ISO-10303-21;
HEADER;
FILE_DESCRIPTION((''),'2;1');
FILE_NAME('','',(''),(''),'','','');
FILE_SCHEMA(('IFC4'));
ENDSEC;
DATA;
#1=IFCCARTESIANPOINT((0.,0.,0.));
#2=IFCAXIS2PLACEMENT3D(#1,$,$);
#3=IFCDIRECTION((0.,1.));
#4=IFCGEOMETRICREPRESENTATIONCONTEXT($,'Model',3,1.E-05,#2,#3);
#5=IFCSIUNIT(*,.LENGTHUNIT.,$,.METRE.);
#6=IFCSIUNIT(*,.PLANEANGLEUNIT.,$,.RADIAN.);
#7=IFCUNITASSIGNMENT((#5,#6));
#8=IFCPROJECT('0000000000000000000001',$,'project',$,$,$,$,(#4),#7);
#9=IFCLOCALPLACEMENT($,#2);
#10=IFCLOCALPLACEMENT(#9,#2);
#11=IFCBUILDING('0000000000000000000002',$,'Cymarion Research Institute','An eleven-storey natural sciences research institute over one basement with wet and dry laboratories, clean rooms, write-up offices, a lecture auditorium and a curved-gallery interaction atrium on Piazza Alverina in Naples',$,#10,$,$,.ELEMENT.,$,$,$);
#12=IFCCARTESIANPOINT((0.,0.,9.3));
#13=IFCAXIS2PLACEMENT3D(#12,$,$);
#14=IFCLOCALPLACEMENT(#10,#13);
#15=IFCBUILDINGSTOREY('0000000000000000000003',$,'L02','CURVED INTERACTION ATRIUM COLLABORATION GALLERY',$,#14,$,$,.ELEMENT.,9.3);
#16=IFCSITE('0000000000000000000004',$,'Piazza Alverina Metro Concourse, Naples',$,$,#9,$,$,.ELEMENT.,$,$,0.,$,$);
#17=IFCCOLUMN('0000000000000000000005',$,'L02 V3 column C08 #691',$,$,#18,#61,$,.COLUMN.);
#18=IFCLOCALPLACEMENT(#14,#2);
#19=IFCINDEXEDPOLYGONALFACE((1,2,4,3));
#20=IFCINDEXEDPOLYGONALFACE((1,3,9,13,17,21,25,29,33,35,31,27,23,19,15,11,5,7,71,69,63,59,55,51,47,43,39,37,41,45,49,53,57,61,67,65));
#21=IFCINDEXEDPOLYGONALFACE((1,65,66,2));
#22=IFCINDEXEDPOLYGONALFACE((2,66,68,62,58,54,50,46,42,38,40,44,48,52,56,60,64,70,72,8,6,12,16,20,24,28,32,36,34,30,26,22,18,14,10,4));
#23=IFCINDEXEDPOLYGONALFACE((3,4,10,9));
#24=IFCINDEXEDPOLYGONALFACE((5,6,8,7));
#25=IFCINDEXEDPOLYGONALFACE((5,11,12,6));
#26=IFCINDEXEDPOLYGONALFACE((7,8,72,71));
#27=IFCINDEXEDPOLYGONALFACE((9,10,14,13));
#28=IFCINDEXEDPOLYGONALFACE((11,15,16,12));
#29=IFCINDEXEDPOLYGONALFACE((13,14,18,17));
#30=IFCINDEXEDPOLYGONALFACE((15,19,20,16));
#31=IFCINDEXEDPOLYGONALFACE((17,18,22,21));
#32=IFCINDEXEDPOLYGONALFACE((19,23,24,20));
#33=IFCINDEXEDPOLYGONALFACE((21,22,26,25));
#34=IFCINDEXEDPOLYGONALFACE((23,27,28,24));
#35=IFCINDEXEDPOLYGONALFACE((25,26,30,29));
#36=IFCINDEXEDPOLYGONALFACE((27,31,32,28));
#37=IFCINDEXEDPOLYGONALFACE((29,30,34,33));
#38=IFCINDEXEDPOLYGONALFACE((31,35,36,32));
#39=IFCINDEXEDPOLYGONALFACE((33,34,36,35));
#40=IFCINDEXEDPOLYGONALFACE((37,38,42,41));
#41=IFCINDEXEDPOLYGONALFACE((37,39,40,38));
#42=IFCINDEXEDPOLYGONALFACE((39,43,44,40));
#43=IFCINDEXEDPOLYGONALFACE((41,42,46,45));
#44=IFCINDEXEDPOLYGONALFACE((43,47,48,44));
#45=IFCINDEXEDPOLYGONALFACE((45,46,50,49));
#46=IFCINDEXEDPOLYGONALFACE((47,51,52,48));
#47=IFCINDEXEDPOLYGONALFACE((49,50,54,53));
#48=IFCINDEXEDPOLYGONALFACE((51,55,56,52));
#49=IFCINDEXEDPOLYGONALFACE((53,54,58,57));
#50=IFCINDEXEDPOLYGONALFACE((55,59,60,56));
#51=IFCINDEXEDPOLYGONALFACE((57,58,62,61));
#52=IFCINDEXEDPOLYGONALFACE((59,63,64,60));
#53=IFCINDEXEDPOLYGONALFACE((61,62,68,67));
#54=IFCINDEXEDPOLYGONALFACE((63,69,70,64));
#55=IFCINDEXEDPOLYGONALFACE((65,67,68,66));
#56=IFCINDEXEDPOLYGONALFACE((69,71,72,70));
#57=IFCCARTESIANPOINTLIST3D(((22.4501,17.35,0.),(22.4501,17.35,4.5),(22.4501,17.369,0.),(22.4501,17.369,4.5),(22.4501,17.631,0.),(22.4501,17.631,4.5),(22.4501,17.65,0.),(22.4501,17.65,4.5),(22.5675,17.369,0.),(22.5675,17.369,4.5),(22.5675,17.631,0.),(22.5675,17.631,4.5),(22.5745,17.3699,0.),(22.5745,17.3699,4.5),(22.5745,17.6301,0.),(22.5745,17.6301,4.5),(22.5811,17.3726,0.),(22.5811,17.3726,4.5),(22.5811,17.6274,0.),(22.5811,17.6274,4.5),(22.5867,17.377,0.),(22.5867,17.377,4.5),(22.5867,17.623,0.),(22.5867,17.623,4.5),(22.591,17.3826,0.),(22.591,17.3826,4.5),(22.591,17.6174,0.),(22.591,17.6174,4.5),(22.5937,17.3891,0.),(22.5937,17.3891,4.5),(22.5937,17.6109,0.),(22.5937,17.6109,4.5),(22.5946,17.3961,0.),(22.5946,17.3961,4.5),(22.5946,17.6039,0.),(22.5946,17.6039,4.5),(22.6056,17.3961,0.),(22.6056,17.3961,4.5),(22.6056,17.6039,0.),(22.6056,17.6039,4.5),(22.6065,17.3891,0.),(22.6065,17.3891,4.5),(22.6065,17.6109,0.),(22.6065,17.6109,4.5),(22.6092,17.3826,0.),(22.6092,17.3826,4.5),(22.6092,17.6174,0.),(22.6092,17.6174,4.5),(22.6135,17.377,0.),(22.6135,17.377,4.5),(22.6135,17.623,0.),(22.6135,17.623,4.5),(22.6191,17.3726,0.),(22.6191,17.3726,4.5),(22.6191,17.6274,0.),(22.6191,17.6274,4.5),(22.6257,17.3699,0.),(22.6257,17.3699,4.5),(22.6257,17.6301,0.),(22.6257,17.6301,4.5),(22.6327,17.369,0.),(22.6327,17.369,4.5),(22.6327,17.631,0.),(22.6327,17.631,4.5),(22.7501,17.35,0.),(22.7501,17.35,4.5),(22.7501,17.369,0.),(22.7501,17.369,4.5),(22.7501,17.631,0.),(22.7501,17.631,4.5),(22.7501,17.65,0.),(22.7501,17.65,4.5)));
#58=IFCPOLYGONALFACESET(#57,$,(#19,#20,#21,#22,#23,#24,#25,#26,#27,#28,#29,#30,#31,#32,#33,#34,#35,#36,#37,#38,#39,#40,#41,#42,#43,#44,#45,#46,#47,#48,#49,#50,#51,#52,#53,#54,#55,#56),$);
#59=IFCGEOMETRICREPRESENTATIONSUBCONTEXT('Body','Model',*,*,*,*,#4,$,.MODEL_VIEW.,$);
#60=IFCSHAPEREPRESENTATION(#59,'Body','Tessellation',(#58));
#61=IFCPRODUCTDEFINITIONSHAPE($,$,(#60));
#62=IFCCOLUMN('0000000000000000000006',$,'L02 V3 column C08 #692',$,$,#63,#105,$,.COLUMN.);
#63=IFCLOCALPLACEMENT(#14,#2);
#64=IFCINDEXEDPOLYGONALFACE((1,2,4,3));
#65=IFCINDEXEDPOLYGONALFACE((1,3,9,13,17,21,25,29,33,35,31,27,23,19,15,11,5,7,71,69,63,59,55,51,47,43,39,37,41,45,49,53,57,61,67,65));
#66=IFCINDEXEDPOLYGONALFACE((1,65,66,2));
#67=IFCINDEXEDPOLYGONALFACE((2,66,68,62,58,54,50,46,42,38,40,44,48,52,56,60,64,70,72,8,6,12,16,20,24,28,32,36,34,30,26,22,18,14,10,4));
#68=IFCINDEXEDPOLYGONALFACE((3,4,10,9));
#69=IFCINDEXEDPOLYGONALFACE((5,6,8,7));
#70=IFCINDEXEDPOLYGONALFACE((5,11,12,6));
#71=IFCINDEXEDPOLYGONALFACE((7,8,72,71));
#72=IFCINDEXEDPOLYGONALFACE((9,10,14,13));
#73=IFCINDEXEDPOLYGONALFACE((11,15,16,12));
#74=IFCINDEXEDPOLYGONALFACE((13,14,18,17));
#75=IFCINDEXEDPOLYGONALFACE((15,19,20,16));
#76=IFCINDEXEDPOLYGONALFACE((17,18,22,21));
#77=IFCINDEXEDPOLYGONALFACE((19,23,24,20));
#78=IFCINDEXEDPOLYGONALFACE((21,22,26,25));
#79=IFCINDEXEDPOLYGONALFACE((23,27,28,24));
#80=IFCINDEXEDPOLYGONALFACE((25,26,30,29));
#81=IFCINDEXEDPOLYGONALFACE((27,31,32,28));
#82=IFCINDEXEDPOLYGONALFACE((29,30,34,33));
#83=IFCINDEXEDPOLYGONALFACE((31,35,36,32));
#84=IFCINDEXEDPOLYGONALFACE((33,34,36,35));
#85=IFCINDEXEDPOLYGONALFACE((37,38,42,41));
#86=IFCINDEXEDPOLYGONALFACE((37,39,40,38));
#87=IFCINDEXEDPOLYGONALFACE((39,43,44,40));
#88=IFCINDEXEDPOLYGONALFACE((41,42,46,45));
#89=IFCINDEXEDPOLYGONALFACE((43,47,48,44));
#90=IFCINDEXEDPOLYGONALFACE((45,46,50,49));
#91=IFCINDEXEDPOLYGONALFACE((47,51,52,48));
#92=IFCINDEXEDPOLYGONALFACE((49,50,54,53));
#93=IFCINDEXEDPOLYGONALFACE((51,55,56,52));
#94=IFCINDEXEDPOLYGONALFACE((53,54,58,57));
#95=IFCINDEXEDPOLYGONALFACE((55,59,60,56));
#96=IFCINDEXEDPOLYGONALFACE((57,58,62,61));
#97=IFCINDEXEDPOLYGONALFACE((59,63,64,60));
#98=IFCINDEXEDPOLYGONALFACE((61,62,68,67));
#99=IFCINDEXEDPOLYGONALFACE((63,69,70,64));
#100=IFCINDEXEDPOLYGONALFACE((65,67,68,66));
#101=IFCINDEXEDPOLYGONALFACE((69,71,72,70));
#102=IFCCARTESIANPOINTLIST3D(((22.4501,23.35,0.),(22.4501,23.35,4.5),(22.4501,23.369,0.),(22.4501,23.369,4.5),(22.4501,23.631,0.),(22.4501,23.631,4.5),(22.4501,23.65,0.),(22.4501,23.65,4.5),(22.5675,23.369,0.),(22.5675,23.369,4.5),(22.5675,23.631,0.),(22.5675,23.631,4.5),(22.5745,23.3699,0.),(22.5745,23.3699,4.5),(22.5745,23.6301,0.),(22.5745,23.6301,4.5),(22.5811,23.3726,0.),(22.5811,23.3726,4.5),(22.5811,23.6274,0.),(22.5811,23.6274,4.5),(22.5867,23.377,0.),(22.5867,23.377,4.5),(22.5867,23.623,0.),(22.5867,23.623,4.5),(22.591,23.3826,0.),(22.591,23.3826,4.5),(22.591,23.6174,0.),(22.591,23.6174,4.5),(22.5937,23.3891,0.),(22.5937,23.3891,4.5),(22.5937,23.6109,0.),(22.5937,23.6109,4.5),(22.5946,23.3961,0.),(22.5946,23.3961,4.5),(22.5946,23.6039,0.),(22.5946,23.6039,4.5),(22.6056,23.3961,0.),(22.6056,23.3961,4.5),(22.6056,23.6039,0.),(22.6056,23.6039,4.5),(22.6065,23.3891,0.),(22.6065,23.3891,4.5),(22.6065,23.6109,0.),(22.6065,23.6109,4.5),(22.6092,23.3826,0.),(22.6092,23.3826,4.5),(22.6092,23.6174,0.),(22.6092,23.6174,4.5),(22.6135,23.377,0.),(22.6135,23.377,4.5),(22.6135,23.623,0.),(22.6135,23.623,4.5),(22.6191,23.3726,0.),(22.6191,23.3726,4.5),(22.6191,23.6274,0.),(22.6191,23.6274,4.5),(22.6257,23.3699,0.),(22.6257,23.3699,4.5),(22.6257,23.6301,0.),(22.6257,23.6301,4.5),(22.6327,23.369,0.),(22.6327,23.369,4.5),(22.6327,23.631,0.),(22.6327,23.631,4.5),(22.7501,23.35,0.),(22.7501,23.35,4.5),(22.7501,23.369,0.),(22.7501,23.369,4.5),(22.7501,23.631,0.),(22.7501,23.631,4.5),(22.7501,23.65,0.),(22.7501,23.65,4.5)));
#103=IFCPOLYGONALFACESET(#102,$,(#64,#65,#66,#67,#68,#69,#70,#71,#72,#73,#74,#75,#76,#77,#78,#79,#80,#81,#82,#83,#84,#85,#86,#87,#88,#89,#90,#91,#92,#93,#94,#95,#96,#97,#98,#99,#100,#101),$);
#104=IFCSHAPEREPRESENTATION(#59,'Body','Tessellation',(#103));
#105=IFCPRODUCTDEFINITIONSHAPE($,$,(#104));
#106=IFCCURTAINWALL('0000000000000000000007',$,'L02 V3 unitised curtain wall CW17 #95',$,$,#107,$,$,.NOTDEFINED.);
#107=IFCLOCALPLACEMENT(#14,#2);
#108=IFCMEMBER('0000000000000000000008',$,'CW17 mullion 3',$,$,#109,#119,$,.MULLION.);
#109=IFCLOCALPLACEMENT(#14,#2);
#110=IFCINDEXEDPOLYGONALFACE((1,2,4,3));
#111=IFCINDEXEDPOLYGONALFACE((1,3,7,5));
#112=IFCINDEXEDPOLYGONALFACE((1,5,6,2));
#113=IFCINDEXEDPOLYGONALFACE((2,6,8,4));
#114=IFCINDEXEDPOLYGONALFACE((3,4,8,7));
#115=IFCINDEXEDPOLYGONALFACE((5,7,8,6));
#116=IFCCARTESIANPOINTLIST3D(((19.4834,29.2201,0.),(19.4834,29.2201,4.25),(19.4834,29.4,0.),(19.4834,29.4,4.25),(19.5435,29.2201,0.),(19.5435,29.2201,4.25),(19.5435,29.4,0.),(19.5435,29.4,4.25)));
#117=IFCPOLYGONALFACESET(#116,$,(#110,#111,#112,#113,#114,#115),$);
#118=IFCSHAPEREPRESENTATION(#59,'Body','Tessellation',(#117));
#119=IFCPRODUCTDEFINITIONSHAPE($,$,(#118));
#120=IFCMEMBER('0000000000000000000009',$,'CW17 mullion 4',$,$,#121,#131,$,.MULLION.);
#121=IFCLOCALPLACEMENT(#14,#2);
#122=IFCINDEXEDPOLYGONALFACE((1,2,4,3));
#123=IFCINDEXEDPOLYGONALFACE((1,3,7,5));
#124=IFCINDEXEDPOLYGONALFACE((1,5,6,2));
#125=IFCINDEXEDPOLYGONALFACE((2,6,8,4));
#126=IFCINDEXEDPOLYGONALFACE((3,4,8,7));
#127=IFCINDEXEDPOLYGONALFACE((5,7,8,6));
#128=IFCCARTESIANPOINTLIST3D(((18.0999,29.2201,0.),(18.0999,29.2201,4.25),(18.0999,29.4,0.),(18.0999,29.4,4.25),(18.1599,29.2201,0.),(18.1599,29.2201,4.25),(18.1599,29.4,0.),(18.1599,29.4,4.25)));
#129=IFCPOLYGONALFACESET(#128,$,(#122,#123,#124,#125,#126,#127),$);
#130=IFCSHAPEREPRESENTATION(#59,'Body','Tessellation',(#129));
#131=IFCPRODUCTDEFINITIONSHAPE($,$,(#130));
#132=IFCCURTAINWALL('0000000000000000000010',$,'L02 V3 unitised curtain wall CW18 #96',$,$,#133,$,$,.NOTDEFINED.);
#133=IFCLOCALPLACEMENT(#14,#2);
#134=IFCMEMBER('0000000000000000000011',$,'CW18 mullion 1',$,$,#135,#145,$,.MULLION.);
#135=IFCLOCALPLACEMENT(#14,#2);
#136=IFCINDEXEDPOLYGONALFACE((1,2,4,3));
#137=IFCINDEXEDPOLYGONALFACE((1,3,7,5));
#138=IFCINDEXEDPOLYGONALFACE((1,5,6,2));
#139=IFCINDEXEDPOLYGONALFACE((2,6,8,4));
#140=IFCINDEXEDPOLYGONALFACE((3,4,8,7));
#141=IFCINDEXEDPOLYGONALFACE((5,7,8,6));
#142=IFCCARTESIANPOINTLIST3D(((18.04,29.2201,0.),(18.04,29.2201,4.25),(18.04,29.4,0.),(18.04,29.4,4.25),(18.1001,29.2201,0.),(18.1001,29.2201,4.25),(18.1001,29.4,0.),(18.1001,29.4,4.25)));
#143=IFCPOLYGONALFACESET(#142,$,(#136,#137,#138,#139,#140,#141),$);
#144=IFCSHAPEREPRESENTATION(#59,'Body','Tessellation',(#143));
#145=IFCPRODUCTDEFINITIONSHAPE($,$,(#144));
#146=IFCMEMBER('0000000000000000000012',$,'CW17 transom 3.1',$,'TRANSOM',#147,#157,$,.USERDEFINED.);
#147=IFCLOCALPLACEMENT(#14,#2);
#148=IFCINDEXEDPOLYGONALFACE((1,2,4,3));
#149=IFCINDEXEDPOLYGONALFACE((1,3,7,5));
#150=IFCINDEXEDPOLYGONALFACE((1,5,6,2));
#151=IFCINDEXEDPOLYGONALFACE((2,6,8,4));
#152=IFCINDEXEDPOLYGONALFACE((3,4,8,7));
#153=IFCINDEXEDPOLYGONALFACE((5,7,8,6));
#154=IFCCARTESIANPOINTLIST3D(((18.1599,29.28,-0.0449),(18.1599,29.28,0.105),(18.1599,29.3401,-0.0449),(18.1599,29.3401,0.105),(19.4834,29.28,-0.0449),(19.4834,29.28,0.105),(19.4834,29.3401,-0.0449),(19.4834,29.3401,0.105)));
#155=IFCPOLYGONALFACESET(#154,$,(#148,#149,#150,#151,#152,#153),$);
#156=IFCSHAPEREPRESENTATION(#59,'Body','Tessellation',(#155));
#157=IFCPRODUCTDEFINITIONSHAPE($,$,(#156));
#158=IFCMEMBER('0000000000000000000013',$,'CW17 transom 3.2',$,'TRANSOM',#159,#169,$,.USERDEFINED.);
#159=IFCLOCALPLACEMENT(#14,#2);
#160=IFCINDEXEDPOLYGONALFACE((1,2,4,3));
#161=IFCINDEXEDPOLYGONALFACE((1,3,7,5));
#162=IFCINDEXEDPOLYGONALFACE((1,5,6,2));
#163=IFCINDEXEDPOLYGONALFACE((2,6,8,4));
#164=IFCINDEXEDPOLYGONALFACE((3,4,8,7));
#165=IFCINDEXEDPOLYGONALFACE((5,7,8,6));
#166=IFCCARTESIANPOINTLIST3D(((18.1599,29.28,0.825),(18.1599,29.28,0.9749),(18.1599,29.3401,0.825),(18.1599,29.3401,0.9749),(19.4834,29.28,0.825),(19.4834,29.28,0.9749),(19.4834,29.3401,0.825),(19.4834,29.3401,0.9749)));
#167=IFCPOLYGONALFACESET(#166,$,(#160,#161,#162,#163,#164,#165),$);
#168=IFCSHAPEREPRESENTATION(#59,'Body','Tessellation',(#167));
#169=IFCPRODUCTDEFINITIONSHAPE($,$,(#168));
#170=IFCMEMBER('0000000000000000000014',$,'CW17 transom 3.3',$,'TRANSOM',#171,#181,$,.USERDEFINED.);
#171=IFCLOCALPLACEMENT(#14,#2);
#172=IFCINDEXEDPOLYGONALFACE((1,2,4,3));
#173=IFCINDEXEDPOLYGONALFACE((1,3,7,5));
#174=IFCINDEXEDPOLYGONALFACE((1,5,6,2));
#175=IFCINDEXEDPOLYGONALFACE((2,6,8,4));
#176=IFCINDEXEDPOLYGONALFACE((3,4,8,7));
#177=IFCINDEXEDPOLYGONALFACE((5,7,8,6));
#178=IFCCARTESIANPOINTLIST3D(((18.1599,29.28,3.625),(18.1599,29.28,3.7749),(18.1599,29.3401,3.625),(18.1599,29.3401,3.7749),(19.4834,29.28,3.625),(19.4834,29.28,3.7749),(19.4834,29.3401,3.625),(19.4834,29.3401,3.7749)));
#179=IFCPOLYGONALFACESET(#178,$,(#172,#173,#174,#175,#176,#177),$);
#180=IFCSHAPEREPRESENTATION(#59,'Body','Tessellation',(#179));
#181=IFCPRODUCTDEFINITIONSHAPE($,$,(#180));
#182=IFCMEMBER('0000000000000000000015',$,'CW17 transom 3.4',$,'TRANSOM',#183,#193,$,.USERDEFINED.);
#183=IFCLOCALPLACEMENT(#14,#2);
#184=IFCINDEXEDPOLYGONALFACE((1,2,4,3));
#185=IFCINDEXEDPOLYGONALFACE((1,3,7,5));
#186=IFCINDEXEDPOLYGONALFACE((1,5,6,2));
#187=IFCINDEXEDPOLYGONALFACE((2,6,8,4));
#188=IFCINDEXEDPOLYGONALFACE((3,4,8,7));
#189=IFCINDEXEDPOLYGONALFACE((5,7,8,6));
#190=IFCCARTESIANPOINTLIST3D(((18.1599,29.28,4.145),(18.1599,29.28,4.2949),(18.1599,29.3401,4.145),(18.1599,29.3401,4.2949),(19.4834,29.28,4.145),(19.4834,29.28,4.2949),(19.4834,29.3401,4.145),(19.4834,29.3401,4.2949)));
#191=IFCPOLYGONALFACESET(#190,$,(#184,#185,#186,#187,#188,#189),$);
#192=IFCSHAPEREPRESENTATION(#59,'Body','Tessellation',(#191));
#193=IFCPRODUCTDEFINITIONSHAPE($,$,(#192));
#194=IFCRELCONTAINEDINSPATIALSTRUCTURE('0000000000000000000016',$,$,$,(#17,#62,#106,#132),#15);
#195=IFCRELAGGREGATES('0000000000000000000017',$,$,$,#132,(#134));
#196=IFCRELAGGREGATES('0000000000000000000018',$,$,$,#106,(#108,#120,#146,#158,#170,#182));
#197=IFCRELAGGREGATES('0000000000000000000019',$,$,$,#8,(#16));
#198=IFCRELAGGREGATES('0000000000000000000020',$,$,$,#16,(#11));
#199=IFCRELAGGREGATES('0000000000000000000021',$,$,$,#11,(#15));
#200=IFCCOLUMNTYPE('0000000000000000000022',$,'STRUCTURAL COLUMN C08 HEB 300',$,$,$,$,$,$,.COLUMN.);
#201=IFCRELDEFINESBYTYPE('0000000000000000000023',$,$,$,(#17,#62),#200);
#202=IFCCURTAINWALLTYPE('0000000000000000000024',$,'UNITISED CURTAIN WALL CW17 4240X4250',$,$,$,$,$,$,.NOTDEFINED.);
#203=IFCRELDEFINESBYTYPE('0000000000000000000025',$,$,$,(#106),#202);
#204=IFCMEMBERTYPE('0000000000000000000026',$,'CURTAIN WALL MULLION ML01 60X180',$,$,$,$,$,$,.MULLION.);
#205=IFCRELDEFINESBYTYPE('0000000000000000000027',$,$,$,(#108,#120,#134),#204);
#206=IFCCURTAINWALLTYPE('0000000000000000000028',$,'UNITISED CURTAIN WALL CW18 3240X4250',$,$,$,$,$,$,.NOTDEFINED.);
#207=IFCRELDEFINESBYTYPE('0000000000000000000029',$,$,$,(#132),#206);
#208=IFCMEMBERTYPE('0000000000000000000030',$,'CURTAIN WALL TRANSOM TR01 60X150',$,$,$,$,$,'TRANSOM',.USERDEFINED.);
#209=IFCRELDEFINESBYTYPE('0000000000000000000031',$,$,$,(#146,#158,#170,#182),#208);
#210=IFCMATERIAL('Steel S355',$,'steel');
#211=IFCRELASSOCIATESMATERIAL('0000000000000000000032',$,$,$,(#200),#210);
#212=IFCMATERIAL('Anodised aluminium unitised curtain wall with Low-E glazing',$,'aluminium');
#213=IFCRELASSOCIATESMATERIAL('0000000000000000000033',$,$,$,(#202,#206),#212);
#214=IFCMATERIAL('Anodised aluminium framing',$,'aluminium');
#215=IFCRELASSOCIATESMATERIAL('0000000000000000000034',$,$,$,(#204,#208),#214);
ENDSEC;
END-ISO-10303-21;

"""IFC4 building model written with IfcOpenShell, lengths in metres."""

from ifc_helpers import new_model, si_unit, direction, frame, origin, origin_2d, place, context, subcontext, project, spatial, rectangle, i_section, extrude, material, material_profile, profile_set, type_object, element, aggregate, save


model = new_model("IFC4")

# Units and contexts
model_context = context("Model", 3, precision=1e-05, world=origin(), true_north=direction((0.0, 1.0)))
body_context = subcontext(model_context, "Body", "Model", "MODEL_VIEW")
ifc_project = project(units=[si_unit("LENGTHUNIT", "METRE"), si_unit("PLANEANGLEUNIT", "RADIAN")], contexts=[model_context])

# Site, building, storey
site_placement = place(None, origin())
site = spatial("IfcSite", under=ifc_project, at=site_placement, Name="Piazza Alverina Metro Concourse, Naples", CompositionType="ELEMENT", RefElevation=0.0)
building_placement = place(site_placement, origin())
building = spatial("IfcBuilding", under=site, at=building_placement, Name="Cymarion Research Institute", Description="An eleven-storey natural sciences research institute over one basement with wet and dry laboratories, clean rooms, write-up offices, a lecture auditorium and a curved-gallery interaction atrium on Piazza Alverina in Naples", CompositionType="ELEMENT")
storey_placement = place(building_placement, frame((0.0, 0.0, 9.3)))
storey = spatial("IfcBuildingStorey", under=building, at=storey_placement, Name="L02", Description="CURVED INTERACTION ATRIUM COLLABORATION GALLERY", CompositionType="ELEMENT", Elevation=9.3)

# Columns
ifc_material_1 = material(Name="Steel S355", Category="steel")
ifc_material_profile_1 = material_profile(ifc_material_1, i_section(OverallWidth=0.3, OverallDepth=0.3, WebThickness=0.011, FlangeThickness=0.019, FilletRadius=0.0271, at=origin_2d()), Name="HEB 300")
ifc_profile_set_1 = profile_set([ifc_material_profile_1], Name="Steel S355")
column_type = type_object("IfcColumnType", Name="STRUCTURAL COLUMN C08 HEB 300", PredefinedType="COLUMN", material=ifc_profile_set_1)
for number, where, z_axis, x_axis, name in (
    (1, (22.6001, 17.5, 0.0), (0.0, 0.0, 1.0), (1.0, 0.0, 0.0), "L02 V3 column C08 #691"),
    (2, (22.6001, 23.5, 0.0), (0.0, 0.0, 1.0), (1.0, 0.0, 0.0), "L02 V3 column C08 #692"),
):
    element("IfcColumn", number, at=place(storey_placement, frame(where, z_axis=z_axis, x_axis=x_axis)), inside=storey, type_object=column_type, Name=name, PredefinedType="COLUMN", context=body_context, shape_type="SweptSolid", body=[
        extrude(i_section(OverallWidth=0.3, OverallDepth=0.3, WebThickness=0.011, FlangeThickness=0.019, FilletRadius=0.0271, at=origin_2d()), origin(), (0.0, 0.0, 1.0), 4.5),
    ])

# Curtain wall, members
ifc_material_2 = material(Name="Anodised aluminium unitised curtain wall with Low-E glazing", Category="aluminium")
curtain_wall_type_1 = type_object("IfcCurtainWallType", Name="UNITISED CURTAIN WALL CW17 4240X4250", PredefinedType="NOTDEFINED", material=ifc_material_2)
curtain_wall_1_placement = place(storey_placement, origin())
curtain_wall_1 = element("IfcCurtainWall", 3, at=curtain_wall_1_placement, inside=storey, type_object=curtain_wall_type_1, Name="L02 V3 unitised curtain wall CW17 #95", PredefinedType="NOTDEFINED")
ifc_material_3 = material(Name="Anodised aluminium framing", Category="aluminium")
ifc_material_profile_2 = material_profile(ifc_material_3, rectangle(XDim=0.0601, YDim=0.1799, at=origin_2d()), Name="ALU MULLION 60x180")
ifc_profile_set_2 = profile_set([ifc_material_profile_2], Name="Anodised aluminium framing")
member_type_1 = type_object("IfcMemberType", Name="CURTAIN WALL MULLION ML01 60X180", PredefinedType="MULLION", material=ifc_profile_set_2)
member_1_placement = place(storey_placement, frame((19.5134, 29.3101, 0.0), z_axis=(0.0, 0.0, 1.0), x_axis=(-1.0, 0.0, 0.0)))
member_1 = element("IfcMember", 4, at=member_1_placement, type_object=member_type_1, Name="CW17 mullion 3", PredefinedType="MULLION", context=body_context, shape_type="SweptSolid", body=[
    extrude(rectangle(XDim=0.0601, YDim=0.1799, at=origin_2d()), origin(), (0.0, 0.0, 1.0), 4.25),
])
member_2_placement = place(storey_placement, frame((18.1299, 29.3101, 0.0), z_axis=(0.0, 0.0, 1.0), x_axis=(-1.0, 0.0, 0.0)))
member_2 = element("IfcMember", 5, at=member_2_placement, type_object=member_type_1, Name="CW17 mullion 4", PredefinedType="MULLION", context=body_context, shape_type="SweptSolid", body=[
    extrude(rectangle(XDim=0.0601, YDim=0.1799, at=origin_2d()), origin(), (0.0, 0.0, 1.0), 4.25),
])

# Curtain wall, member
curtain_wall_type_2 = type_object("IfcCurtainWallType", Name="UNITISED CURTAIN WALL CW18 3240X4250", PredefinedType="NOTDEFINED", material=ifc_material_2)
curtain_wall_2_placement = place(storey_placement, origin())
curtain_wall_2 = element("IfcCurtainWall", 6, at=curtain_wall_2_placement, inside=storey, type_object=curtain_wall_type_2, Name="L02 V3 unitised curtain wall CW18 #96", PredefinedType="NOTDEFINED")
member_3_placement = place(storey_placement, frame((18.0701, 29.3101, 0.0), z_axis=(0.0, 0.0, 1.0), x_axis=(-1.0, 0.0, 0.0)))
member_3 = element("IfcMember", 7, at=member_3_placement, type_object=member_type_1, Name="CW18 mullion 1", PredefinedType="MULLION", context=body_context, shape_type="SweptSolid", body=[
    extrude(rectangle(XDim=0.0601, YDim=0.1799, at=origin_2d()), origin(), (0.0, 0.0, 1.0), 4.25),
])

# Members
ifc_material_profile_3 = material_profile(ifc_material_3, rectangle(XDim=0.0601, YDim=0.1499, at=origin_2d()), Name="ALU TRANSOM 60x150")
ifc_profile_set_3 = profile_set([ifc_material_profile_3], Name="Anodised aluminium framing")
member_type_2 = type_object("IfcMemberType", Name="CURTAIN WALL TRANSOM TR01 60X150", ElementType="TRANSOM", PredefinedType="USERDEFINED", material=ifc_profile_set_3)
member_4_placement = place(storey_placement, frame((19.4834, 29.3101, 0.03), z_axis=(-1.0, 0.0, 0.0), x_axis=(0.0, -1.0, 0.0)))
member_4 = element("IfcMember", 8, at=member_4_placement, type_object=member_type_2, Name="CW17 transom 3.1", ObjectType="TRANSOM", PredefinedType="USERDEFINED", context=body_context, shape_type="SweptSolid", body=[
    extrude(rectangle(XDim=0.0601, YDim=0.1499, at=origin_2d()), origin(), (0.0, 0.0, 1.0), 1.3235),
])
member_5_placement = place(storey_placement, frame((19.4834, 29.3101, 0.8999), z_axis=(-1.0, 0.0, 0.0), x_axis=(0.0, -1.0, 0.0)))
member_5 = element("IfcMember", 9, at=member_5_placement, type_object=member_type_2, Name="CW17 transom 3.2", ObjectType="TRANSOM", PredefinedType="USERDEFINED", context=body_context, shape_type="SweptSolid", body=[
    extrude(rectangle(XDim=0.0601, YDim=0.1499, at=origin_2d()), origin(), (0.0, 0.0, 1.0), 1.3235),
])
member_6_placement = place(storey_placement, frame((19.4834, 29.3101, 3.7), z_axis=(-1.0, 0.0, 0.0), x_axis=(0.0, -1.0, 0.0)))
member_6 = element("IfcMember", 10, at=member_6_placement, type_object=member_type_2, Name="CW17 transom 3.3", ObjectType="TRANSOM", PredefinedType="USERDEFINED", context=body_context, shape_type="SweptSolid", body=[
    extrude(rectangle(XDim=0.0601, YDim=0.1499, at=origin_2d()), origin(), (0.0, 0.0, 1.0), 1.3235),
])
member_7_placement = place(storey_placement, frame((19.4834, 29.3101, 4.22), z_axis=(-1.0, 0.0, 0.0), x_axis=(0.0, -1.0, 0.0)))
member_7 = element("IfcMember", 11, at=member_7_placement, type_object=member_type_2, Name="CW17 transom 3.4", ObjectType="TRANSOM", PredefinedType="USERDEFINED", context=body_context, shape_type="SweptSolid", body=[
    extrude(rectangle(XDim=0.0601, YDim=0.1499, at=origin_2d()), origin(), (0.0, 0.0, 1.0), 1.3235),
])
aggregate(curtain_wall_2, [member_3])

aggregate(curtain_wall_1, [member_1, member_2, member_4, member_5, member_6, member_7])

save(model, "model.ifc")
